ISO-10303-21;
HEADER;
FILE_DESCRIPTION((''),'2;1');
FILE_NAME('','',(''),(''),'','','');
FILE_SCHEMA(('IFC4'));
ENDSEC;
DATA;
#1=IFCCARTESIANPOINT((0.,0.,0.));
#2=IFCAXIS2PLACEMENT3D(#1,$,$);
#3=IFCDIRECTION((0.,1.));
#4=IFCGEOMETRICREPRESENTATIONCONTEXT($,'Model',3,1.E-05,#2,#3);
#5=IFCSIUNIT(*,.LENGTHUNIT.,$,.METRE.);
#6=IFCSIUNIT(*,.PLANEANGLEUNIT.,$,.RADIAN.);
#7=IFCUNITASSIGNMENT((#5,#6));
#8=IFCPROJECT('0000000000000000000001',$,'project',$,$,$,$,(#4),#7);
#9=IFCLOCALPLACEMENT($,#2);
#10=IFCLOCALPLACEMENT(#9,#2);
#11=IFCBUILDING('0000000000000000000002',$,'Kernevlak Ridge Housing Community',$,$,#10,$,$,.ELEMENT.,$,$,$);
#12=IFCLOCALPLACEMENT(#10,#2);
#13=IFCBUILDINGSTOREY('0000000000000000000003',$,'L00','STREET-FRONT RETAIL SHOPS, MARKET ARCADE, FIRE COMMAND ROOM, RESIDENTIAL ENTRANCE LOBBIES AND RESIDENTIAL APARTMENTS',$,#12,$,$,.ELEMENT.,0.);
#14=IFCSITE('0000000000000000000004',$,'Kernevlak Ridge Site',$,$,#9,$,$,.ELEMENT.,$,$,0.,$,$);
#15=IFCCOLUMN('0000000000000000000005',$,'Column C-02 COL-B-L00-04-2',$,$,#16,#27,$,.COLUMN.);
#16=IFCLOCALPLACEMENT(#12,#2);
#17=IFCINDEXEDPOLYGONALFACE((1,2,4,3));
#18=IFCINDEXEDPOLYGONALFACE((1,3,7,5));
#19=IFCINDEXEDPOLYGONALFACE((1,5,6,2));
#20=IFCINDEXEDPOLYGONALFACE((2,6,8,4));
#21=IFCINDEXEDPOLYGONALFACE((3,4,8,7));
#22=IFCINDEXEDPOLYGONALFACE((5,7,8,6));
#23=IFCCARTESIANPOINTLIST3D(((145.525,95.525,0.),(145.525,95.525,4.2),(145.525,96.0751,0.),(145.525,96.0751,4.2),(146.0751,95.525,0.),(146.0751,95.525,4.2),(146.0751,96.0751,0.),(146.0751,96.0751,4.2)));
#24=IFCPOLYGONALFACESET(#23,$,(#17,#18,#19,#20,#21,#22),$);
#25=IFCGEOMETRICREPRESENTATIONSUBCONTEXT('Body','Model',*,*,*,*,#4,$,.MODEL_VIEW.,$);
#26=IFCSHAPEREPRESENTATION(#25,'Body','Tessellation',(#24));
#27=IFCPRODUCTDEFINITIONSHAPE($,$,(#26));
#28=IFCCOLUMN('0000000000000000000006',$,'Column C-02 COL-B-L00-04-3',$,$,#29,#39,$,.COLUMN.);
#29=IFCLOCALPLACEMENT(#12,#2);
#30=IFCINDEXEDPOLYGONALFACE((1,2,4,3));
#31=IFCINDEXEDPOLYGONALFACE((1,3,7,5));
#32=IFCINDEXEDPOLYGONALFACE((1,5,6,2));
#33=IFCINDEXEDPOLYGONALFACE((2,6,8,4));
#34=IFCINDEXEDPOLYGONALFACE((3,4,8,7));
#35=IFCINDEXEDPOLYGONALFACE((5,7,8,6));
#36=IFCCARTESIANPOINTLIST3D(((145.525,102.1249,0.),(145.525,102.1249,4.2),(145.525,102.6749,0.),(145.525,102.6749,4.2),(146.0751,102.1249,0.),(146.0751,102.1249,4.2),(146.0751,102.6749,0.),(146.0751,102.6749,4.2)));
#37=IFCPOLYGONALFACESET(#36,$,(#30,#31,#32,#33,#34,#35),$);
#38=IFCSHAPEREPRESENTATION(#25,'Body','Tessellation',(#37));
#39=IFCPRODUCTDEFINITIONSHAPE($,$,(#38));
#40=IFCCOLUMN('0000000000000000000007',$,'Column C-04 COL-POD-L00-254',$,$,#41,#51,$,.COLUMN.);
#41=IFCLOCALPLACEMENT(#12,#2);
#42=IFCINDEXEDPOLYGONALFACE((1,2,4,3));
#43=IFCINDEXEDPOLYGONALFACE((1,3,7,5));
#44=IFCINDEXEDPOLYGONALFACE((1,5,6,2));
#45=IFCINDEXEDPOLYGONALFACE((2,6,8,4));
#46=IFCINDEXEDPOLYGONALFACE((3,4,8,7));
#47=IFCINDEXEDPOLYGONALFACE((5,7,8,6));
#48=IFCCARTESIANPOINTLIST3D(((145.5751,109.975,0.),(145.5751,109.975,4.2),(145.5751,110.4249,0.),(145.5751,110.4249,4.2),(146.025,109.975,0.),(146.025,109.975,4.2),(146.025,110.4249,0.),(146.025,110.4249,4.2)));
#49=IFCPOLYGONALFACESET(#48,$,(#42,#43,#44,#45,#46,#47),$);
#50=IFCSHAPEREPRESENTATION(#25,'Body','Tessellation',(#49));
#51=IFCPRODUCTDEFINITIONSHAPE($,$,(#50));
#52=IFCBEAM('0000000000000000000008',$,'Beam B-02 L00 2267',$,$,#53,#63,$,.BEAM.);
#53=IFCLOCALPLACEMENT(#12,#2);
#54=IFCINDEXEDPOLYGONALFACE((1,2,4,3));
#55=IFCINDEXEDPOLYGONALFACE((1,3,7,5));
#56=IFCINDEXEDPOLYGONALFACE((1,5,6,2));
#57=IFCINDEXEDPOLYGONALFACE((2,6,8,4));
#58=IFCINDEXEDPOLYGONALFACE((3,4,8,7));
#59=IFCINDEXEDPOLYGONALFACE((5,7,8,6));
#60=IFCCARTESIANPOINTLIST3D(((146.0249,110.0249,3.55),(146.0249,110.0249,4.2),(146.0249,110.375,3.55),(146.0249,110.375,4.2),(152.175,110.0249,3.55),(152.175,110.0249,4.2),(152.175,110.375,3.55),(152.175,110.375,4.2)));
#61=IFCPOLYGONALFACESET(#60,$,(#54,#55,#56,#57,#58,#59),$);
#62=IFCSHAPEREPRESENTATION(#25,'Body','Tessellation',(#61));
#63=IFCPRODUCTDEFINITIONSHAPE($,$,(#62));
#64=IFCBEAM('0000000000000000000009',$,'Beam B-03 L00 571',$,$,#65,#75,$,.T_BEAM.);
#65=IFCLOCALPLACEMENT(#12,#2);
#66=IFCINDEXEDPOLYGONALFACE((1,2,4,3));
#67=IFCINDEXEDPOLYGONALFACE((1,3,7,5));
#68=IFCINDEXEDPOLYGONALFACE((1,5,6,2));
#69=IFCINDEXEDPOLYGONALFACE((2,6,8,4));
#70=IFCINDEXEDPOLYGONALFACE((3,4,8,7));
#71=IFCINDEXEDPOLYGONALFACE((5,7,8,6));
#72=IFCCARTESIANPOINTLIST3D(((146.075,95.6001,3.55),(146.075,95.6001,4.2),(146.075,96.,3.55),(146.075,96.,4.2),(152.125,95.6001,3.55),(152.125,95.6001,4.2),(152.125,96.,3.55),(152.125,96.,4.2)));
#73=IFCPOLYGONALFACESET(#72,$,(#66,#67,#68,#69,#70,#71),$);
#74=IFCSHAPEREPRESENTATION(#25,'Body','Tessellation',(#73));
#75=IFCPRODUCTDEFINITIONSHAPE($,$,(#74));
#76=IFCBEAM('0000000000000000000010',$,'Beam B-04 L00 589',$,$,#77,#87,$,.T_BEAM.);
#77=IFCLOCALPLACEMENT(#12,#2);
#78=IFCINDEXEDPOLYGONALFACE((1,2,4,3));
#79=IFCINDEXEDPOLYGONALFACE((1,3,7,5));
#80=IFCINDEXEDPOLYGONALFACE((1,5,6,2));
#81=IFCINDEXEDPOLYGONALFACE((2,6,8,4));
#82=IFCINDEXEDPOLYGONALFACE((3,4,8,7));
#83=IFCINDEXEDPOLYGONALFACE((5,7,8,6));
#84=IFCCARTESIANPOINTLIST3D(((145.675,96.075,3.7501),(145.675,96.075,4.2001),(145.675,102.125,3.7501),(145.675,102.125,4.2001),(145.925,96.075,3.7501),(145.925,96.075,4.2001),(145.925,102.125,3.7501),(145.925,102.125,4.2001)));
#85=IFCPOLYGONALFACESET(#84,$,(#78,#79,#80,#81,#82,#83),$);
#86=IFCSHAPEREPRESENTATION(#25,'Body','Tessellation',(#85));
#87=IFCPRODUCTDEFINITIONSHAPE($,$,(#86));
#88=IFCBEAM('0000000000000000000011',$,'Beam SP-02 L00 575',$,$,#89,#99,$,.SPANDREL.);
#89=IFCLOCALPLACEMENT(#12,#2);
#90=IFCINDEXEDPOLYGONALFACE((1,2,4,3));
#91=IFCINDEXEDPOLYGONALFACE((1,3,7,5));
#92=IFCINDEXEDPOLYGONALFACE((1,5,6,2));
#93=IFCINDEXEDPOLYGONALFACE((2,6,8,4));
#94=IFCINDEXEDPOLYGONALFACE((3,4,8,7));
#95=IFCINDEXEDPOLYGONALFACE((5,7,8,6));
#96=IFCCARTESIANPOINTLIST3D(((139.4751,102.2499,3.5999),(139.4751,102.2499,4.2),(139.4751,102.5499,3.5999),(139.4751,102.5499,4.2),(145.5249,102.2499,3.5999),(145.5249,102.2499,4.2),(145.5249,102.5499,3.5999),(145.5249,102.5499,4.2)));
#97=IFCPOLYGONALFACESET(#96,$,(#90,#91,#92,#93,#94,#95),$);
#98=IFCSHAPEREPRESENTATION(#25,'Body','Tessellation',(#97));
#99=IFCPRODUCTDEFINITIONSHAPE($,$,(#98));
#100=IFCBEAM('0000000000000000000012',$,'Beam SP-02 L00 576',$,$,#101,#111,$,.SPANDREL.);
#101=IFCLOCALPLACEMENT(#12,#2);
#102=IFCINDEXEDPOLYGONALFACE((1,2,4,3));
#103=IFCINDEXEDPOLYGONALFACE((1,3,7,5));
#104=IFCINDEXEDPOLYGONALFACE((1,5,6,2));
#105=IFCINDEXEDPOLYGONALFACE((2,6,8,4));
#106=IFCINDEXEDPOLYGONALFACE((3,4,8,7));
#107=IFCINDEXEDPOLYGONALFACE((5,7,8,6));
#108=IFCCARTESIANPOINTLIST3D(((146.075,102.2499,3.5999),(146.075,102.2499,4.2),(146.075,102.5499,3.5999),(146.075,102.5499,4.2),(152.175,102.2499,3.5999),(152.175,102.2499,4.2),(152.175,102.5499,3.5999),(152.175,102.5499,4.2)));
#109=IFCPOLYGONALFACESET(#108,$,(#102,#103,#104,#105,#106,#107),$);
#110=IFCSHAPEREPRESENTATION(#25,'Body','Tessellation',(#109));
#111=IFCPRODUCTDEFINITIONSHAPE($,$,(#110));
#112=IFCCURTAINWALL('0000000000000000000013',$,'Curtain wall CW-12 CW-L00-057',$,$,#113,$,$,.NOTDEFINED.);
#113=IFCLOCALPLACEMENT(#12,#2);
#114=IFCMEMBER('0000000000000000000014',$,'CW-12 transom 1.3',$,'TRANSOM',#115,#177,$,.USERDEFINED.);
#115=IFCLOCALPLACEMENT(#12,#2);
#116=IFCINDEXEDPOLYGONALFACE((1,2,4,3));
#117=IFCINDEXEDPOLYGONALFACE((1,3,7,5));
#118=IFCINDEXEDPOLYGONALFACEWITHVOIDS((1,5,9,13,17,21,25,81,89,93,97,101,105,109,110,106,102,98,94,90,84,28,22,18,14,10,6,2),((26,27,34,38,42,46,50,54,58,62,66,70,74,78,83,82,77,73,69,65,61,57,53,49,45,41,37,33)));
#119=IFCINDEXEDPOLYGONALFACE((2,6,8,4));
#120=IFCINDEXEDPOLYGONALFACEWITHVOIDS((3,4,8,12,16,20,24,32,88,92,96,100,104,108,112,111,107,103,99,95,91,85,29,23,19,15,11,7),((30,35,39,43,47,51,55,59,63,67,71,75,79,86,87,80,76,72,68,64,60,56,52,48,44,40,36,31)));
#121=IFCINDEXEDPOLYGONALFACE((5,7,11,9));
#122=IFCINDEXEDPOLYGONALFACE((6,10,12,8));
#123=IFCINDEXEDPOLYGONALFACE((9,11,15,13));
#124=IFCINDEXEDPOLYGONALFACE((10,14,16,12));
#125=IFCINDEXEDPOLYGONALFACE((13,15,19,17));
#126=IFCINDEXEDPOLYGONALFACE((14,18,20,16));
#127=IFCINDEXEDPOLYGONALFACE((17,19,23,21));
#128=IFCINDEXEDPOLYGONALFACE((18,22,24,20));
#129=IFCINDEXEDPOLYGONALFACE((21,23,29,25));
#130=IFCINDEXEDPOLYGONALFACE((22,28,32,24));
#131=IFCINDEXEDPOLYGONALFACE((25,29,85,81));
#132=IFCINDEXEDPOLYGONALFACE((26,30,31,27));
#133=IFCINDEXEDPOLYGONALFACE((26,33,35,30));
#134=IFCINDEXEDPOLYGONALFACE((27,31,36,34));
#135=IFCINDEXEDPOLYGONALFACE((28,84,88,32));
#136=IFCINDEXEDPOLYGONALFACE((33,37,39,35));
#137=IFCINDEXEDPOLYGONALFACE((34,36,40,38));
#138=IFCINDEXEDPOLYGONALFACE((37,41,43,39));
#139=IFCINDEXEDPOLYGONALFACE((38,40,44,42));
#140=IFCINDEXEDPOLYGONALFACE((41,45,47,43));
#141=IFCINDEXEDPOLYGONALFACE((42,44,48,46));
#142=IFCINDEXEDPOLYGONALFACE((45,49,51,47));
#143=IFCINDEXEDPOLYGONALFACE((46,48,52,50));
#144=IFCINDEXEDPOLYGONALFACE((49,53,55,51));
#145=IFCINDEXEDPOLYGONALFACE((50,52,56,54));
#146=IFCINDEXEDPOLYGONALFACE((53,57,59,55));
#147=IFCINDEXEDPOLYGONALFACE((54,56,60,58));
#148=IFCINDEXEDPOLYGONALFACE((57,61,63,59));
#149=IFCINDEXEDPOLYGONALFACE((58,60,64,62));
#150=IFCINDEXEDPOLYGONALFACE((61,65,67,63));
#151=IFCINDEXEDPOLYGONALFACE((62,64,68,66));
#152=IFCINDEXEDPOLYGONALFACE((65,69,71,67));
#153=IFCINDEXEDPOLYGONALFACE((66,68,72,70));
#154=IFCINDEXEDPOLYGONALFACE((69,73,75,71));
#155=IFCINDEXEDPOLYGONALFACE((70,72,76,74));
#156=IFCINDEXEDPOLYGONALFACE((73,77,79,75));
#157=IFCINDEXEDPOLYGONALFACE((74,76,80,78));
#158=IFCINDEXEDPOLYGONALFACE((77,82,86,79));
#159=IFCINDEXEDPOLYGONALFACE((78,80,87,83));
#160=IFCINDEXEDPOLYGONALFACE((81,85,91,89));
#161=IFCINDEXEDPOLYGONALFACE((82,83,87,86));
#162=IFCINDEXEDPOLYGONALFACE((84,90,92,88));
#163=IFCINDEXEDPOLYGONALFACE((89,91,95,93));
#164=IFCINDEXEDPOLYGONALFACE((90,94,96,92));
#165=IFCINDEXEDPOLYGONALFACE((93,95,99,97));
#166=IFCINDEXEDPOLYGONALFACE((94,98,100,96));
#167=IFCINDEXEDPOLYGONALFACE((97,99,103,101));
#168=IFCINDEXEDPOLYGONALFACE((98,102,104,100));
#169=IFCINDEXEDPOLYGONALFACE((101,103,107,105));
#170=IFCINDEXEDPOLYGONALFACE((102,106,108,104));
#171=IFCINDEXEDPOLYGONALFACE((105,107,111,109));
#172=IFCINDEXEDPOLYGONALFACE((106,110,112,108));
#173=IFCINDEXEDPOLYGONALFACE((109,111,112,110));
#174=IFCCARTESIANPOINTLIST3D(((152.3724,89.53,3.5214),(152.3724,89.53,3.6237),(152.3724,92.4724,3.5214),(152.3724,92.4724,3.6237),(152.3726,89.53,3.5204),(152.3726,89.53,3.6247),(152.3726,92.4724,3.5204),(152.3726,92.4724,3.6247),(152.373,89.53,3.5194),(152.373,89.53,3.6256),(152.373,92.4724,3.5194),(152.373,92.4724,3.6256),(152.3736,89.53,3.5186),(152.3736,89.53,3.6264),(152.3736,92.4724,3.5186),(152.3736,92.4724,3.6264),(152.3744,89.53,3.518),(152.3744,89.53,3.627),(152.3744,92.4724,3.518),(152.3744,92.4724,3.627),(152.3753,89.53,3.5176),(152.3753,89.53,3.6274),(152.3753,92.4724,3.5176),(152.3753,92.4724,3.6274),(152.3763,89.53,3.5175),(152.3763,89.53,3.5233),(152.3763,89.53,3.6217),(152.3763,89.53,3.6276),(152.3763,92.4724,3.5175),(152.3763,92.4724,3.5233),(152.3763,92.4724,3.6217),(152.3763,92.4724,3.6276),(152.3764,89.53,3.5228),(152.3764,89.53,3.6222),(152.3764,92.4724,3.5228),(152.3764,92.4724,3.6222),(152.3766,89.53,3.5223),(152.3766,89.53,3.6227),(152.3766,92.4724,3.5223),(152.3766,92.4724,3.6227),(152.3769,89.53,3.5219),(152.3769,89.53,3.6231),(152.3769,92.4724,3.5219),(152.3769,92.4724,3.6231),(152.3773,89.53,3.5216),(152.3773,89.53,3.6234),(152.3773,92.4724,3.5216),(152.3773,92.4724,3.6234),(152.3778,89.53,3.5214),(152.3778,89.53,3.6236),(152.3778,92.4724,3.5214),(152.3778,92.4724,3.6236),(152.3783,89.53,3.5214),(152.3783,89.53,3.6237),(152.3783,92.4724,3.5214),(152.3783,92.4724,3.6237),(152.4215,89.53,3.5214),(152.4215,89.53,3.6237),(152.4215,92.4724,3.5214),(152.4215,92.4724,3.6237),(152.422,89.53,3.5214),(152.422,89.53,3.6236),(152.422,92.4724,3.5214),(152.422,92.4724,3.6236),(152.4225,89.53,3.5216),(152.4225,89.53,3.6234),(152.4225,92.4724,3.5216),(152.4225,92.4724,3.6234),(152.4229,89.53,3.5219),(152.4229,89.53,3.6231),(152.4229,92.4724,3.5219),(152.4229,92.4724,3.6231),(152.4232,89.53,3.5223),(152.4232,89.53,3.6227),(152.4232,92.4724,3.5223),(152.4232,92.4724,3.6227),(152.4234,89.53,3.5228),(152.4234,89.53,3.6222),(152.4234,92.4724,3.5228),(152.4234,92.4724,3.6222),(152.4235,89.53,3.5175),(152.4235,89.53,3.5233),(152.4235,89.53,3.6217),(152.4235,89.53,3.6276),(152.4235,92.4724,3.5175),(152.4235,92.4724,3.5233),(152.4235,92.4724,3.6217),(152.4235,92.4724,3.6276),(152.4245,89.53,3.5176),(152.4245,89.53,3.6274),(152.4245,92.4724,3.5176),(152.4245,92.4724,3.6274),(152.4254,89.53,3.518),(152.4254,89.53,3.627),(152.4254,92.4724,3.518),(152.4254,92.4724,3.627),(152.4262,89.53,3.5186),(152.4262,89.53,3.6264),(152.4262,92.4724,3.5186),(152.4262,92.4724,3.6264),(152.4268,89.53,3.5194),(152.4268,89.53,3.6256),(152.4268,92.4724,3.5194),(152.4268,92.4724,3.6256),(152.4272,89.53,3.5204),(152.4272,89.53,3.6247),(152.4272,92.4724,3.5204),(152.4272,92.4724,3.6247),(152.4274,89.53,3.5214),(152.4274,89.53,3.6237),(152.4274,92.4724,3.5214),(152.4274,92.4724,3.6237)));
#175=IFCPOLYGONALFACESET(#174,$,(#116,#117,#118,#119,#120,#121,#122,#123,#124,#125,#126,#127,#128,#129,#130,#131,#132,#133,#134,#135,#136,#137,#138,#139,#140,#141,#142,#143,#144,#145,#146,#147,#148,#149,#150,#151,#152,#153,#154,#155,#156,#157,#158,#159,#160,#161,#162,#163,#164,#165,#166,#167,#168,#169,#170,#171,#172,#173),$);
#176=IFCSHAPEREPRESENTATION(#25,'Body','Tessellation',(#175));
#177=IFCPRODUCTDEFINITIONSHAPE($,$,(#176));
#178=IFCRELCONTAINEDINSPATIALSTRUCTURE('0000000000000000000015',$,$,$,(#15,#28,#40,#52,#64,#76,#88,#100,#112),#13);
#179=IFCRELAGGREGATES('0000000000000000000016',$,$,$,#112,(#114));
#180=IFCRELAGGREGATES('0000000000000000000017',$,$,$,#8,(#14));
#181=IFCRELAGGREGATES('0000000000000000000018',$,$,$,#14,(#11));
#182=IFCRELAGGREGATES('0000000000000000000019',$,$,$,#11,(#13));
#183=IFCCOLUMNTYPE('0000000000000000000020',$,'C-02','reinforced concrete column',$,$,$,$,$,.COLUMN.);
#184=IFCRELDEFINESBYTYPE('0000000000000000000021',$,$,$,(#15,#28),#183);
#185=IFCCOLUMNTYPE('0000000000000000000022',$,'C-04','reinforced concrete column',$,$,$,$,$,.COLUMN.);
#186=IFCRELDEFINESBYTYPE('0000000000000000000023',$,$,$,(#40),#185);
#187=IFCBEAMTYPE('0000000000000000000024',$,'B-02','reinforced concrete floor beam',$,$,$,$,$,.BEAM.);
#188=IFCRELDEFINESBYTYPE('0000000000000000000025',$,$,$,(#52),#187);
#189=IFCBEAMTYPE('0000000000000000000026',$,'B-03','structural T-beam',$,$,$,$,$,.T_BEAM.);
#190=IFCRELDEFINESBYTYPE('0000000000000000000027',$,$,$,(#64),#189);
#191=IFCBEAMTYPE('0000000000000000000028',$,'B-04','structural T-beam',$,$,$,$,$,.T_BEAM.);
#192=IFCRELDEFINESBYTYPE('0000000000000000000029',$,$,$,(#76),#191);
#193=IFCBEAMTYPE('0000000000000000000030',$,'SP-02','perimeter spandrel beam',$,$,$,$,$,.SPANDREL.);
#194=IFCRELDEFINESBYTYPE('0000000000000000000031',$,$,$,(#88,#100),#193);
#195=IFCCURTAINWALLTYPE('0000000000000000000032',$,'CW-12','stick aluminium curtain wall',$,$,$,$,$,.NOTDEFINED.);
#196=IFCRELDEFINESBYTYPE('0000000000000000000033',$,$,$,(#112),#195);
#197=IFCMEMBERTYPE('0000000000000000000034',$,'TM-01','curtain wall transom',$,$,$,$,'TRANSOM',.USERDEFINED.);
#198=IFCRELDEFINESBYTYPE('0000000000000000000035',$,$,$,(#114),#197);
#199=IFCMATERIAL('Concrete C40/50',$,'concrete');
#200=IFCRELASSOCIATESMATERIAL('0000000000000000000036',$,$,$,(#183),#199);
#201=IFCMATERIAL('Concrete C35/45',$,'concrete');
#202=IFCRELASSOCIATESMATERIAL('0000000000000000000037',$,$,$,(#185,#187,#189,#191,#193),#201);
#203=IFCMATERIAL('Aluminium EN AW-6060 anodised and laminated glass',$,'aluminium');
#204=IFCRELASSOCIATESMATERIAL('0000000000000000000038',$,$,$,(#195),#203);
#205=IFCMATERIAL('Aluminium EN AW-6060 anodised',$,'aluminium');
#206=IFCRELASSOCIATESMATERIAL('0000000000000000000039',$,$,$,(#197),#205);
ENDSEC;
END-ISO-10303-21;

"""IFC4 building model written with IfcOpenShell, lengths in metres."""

from ifc_helpers import new_model, si_unit, direction, frame, origin, origin_2d, place, context, subcontext, project, spatial, rectangle, hollow_rectangle, extrude, material, material_profile, profile_set, type_object, element, aggregate, save


model = new_model("IFC4")

# Units and contexts
model_context = context("Model", 3, precision=1e-05, world=origin(), true_north=direction((0.0, 1.0)))
body_context = subcontext(model_context, "Body", "Model", "MODEL_VIEW")
ifc_project = project(units=[si_unit("LENGTHUNIT", "METRE"), si_unit("PLANEANGLEUNIT", "RADIAN")], contexts=[model_context])

# Site, building, storey
site_placement = place(None, origin())
site = spatial("IfcSite", under=ifc_project, at=site_placement, Name="Kernevlak Ridge Site", CompositionType="ELEMENT", RefElevation=0.0)
building_placement = place(site_placement, origin())
building = spatial("IfcBuilding", under=site, at=building_placement, Name="Kernevlak Ridge Housing Community", CompositionType="ELEMENT")
storey_placement = place(building_placement, origin())
storey = spatial("IfcBuildingStorey", under=building, at=storey_placement, Name="L00", Description="STREET-FRONT RETAIL SHOPS, MARKET ARCADE, FIRE COMMAND ROOM, RESIDENTIAL ENTRANCE LOBBIES AND RESIDENTIAL APARTMENTS", CompositionType="ELEMENT", Elevation=0.0)

# Columns
ifc_material_1 = material(Name="Concrete C40/50", Category="concrete")
ifc_material_profile_1 = material_profile(ifc_material_1, rectangle(XDim=0.55, YDim=0.55, at=origin_2d()), Name="RC 550x550")
ifc_profile_set_1 = profile_set([ifc_material_profile_1], Name="Concrete C40/50")
column_type_1 = type_object("IfcColumnType", Name="C-02", Description="reinforced concrete column", PredefinedType="COLUMN", material=ifc_profile_set_1)
for number, where, z_axis, x_axis, name in (
    (1, (145.8, 95.8, 0.0), (0.0, 0.0, 1.0), (1.0, 0.0, 0.0), "Column C-02 COL-B-L00-04-2"),
    (2, (145.8, 102.3999, 0.0), (0.0, 0.0, 1.0), (1.0, 0.0, 0.0), "Column C-02 COL-B-L00-04-3"),
):
    element("IfcColumn", number, at=place(storey_placement, frame(where, z_axis=z_axis, x_axis=x_axis)), inside=storey, type_object=column_type_1, Name=name, PredefinedType="COLUMN", context=body_context, shape_type="SweptSolid", body=[
        extrude(rectangle(XDim=0.55, YDim=0.55, at=origin_2d()), origin(), (0.0, 0.0, 1.0), 4.2),
    ])
ifc_material_2 = material(Name="Concrete C35/45", Category="concrete")
ifc_material_profile_2 = material_profile(ifc_material_2, rectangle(XDim=0.45, YDim=0.45, at=origin_2d()), Name="RC 450x450")
ifc_profile_set_2 = profile_set([ifc_material_profile_2], Name="Concrete C35/45")
column_type_2 = type_object("IfcColumnType", Name="C-04", Description="reinforced concrete column", PredefinedType="COLUMN", material=ifc_profile_set_2)
column_placement = place(storey_placement, frame((145.8, 110.2, 0.0), z_axis=(0.0, 0.0, 1.0), x_axis=(1.0, 0.0, 0.0)))
element("IfcColumn", 3, at=column_placement, inside=storey, type_object=column_type_2, Name="Column C-04 COL-POD-L00-254", PredefinedType="COLUMN", context=body_context, shape_type="SweptSolid", body=[
    extrude(rectangle(XDim=0.45, YDim=0.45, at=origin_2d()), origin(), (0.0, 0.0, 1.0), 4.2),
])

# Beams
ifc_material_profile_3 = material_profile(ifc_material_2, rectangle(XDim=0.3501, YDim=0.6499, at=origin_2d()), Name="RC 350x650")
ifc_profile_set_3 = profile_set([ifc_material_profile_3], Name="Concrete C35/45")
beam_type_1 = type_object("IfcBeamType", Name="B-02", Description="reinforced concrete floor beam", PredefinedType="BEAM", material=ifc_profile_set_3)
beam_1_placement = place(storey_placement, frame((146.0249, 110.2, 3.875), z_axis=(1.0, 0.0, 0.0), x_axis=(0.0, 1.0, 0.0)))
element("IfcBeam", 4, at=beam_1_placement, inside=storey, type_object=beam_type_1, Name="Beam B-02 L00 2267", PredefinedType="BEAM", context=body_context, shape_type="SweptSolid", body=[
    extrude(rectangle(XDim=0.3501, YDim=0.6499, at=origin_2d()), origin(), (0.0, 0.0, 1.0), 6.1501),
])
ifc_material_profile_4 = material_profile(ifc_material_2, rectangle(XDim=0.3999, YDim=0.6499, at=origin_2d()), Name="RC 400x650")
ifc_profile_set_4 = profile_set([ifc_material_profile_4], Name="Concrete C35/45")
beam_type_2 = type_object("IfcBeamType", Name="B-03", Description="structural T-beam", PredefinedType="T_BEAM", material=ifc_profile_set_4)
beam_2_placement = place(storey_placement, frame((146.075, 95.8, 3.875), z_axis=(1.0, 0.0, 0.0), x_axis=(0.0, 1.0, 0.0)))
element("IfcBeam", 5, at=beam_2_placement, inside=storey, type_object=beam_type_2, Name="Beam B-03 L00 571", PredefinedType="T_BEAM", context=body_context, shape_type="SweptSolid", body=[
    extrude(rectangle(XDim=0.3999, YDim=0.6499, at=origin_2d()), origin(), (0.0, 0.0, 1.0), 6.05),
])
ifc_material_profile_5 = material_profile(ifc_material_2, rectangle(XDim=0.25, YDim=0.45, at=origin_2d()), Name="RC 250x450")
ifc_profile_set_5 = profile_set([ifc_material_profile_5], Name="Concrete C35/45")
beam_type_3 = type_object("IfcBeamType", Name="B-04", Description="structural T-beam", PredefinedType="T_BEAM", material=ifc_profile_set_5)
beam_3_placement = place(storey_placement, frame((145.8, 96.075, 3.9751), z_axis=(0.0, 1.0, 0.0), x_axis=(-1.0, 0.0, 0.0)))
element("IfcBeam", 6, at=beam_3_placement, inside=storey, type_object=beam_type_3, Name="Beam B-04 L00 589", PredefinedType="T_BEAM", context=body_context, shape_type="SweptSolid", body=[
    extrude(rectangle(XDim=0.25, YDim=0.45, at=origin_2d()), origin(), (0.0, 0.0, 1.0), 6.05),
])
ifc_material_profile_6 = material_profile(ifc_material_2, rectangle(XDim=0.3, YDim=0.6001, at=origin_2d()), Name="RC 300x600")
ifc_profile_set_6 = profile_set([ifc_material_profile_6], Name="Concrete C35/45")
beam_type_4 = type_object("IfcBeamType", Name="SP-02", Description="perimeter spandrel beam", PredefinedType="SPANDREL", material=ifc_profile_set_6)
beam_4_placement = place(storey_placement, frame((139.4751, 102.3999, 3.8999), z_axis=(1.0, 0.0, 0.0), x_axis=(0.0, 1.0, 0.0)))
element("IfcBeam", 7, at=beam_4_placement, inside=storey, type_object=beam_type_4, Name="Beam SP-02 L00 575", PredefinedType="SPANDREL", context=body_context, shape_type="SweptSolid", body=[
    extrude(rectangle(XDim=0.3, YDim=0.6001, at=origin_2d()), origin(), (0.0, 0.0, 1.0), 6.0498),
])
beam_5_placement = place(storey_placement, frame((146.075, 102.3999, 3.8999), z_axis=(1.0, 0.0, 0.0), x_axis=(0.0, 1.0, 0.0)))
element("IfcBeam", 8, at=beam_5_placement, inside=storey, type_object=beam_type_4, Name="Beam SP-02 L00 576", PredefinedType="SPANDREL", context=body_context, shape_type="SweptSolid", body=[
    extrude(rectangle(XDim=0.3, YDim=0.6001, at=origin_2d()), origin(), (0.0, 0.0, 1.0), 6.1001),
])

# Curtain wall, member
ifc_material_3 = material(Name="Aluminium EN AW-6060 anodised and laminated glass", Category="aluminium")
curtain_wall_type = type_object("IfcCurtainWallType", Name="CW-12", Description="stick aluminium curtain wall", PredefinedType="NOTDEFINED", material=ifc_material_3)
curtain_wall_placement = place(storey_placement, origin())
curtain_wall = element("IfcCurtainWall", 9, at=curtain_wall_placement, inside=storey, type_object=curtain_wall_type, Name="Curtain wall CW-12 CW-L00-057", PredefinedType="NOTDEFINED")
ifc_material_4 = material(Name="Aluminium EN AW-6060 anodised", Category="aluminium")
ifc_material_profile_7 = material_profile(ifc_material_4, hollow_rectangle(XDim=0.0549, YDim=0.1101, WallThickness=0.0039, InnerFilletRadius=0.002, OuterFilletRadius=0.0039, at=origin_2d()), Name="ALU 55x110x4")
ifc_profile_set_7 = profile_set([ifc_material_profile_7], Name="Aluminium EN AW-6060 anodised")
member_type = type_object("IfcMemberType", Name="TM-01", Description="curtain wall transom", ElementType="TRANSOM", PredefinedType="USERDEFINED", material=ifc_profile_set_7)
member_placement = place(storey_placement, frame((152.3999, 89.53, 3.5725), z_axis=(0.0, 1.0, 0.0), x_axis=(-1.0, 0.0, 0.0)))
member = element("IfcMember", 10, at=member_placement, type_object=member_type, Name="CW-12 transom 1.3", ObjectType="TRANSOM", PredefinedType="USERDEFINED", context=body_context, shape_type="SweptSolid", body=[
    extrude(hollow_rectangle(XDim=0.0549, YDim=0.1101, WallThickness=0.0039, InnerFilletRadius=0.002, OuterFilletRadius=0.0039, at=origin_2d()), origin(), (0.0, 0.0, 1.0), 2.9424),
])
aggregate(curtain_wall, [member])

save(model, "model.ifc")
